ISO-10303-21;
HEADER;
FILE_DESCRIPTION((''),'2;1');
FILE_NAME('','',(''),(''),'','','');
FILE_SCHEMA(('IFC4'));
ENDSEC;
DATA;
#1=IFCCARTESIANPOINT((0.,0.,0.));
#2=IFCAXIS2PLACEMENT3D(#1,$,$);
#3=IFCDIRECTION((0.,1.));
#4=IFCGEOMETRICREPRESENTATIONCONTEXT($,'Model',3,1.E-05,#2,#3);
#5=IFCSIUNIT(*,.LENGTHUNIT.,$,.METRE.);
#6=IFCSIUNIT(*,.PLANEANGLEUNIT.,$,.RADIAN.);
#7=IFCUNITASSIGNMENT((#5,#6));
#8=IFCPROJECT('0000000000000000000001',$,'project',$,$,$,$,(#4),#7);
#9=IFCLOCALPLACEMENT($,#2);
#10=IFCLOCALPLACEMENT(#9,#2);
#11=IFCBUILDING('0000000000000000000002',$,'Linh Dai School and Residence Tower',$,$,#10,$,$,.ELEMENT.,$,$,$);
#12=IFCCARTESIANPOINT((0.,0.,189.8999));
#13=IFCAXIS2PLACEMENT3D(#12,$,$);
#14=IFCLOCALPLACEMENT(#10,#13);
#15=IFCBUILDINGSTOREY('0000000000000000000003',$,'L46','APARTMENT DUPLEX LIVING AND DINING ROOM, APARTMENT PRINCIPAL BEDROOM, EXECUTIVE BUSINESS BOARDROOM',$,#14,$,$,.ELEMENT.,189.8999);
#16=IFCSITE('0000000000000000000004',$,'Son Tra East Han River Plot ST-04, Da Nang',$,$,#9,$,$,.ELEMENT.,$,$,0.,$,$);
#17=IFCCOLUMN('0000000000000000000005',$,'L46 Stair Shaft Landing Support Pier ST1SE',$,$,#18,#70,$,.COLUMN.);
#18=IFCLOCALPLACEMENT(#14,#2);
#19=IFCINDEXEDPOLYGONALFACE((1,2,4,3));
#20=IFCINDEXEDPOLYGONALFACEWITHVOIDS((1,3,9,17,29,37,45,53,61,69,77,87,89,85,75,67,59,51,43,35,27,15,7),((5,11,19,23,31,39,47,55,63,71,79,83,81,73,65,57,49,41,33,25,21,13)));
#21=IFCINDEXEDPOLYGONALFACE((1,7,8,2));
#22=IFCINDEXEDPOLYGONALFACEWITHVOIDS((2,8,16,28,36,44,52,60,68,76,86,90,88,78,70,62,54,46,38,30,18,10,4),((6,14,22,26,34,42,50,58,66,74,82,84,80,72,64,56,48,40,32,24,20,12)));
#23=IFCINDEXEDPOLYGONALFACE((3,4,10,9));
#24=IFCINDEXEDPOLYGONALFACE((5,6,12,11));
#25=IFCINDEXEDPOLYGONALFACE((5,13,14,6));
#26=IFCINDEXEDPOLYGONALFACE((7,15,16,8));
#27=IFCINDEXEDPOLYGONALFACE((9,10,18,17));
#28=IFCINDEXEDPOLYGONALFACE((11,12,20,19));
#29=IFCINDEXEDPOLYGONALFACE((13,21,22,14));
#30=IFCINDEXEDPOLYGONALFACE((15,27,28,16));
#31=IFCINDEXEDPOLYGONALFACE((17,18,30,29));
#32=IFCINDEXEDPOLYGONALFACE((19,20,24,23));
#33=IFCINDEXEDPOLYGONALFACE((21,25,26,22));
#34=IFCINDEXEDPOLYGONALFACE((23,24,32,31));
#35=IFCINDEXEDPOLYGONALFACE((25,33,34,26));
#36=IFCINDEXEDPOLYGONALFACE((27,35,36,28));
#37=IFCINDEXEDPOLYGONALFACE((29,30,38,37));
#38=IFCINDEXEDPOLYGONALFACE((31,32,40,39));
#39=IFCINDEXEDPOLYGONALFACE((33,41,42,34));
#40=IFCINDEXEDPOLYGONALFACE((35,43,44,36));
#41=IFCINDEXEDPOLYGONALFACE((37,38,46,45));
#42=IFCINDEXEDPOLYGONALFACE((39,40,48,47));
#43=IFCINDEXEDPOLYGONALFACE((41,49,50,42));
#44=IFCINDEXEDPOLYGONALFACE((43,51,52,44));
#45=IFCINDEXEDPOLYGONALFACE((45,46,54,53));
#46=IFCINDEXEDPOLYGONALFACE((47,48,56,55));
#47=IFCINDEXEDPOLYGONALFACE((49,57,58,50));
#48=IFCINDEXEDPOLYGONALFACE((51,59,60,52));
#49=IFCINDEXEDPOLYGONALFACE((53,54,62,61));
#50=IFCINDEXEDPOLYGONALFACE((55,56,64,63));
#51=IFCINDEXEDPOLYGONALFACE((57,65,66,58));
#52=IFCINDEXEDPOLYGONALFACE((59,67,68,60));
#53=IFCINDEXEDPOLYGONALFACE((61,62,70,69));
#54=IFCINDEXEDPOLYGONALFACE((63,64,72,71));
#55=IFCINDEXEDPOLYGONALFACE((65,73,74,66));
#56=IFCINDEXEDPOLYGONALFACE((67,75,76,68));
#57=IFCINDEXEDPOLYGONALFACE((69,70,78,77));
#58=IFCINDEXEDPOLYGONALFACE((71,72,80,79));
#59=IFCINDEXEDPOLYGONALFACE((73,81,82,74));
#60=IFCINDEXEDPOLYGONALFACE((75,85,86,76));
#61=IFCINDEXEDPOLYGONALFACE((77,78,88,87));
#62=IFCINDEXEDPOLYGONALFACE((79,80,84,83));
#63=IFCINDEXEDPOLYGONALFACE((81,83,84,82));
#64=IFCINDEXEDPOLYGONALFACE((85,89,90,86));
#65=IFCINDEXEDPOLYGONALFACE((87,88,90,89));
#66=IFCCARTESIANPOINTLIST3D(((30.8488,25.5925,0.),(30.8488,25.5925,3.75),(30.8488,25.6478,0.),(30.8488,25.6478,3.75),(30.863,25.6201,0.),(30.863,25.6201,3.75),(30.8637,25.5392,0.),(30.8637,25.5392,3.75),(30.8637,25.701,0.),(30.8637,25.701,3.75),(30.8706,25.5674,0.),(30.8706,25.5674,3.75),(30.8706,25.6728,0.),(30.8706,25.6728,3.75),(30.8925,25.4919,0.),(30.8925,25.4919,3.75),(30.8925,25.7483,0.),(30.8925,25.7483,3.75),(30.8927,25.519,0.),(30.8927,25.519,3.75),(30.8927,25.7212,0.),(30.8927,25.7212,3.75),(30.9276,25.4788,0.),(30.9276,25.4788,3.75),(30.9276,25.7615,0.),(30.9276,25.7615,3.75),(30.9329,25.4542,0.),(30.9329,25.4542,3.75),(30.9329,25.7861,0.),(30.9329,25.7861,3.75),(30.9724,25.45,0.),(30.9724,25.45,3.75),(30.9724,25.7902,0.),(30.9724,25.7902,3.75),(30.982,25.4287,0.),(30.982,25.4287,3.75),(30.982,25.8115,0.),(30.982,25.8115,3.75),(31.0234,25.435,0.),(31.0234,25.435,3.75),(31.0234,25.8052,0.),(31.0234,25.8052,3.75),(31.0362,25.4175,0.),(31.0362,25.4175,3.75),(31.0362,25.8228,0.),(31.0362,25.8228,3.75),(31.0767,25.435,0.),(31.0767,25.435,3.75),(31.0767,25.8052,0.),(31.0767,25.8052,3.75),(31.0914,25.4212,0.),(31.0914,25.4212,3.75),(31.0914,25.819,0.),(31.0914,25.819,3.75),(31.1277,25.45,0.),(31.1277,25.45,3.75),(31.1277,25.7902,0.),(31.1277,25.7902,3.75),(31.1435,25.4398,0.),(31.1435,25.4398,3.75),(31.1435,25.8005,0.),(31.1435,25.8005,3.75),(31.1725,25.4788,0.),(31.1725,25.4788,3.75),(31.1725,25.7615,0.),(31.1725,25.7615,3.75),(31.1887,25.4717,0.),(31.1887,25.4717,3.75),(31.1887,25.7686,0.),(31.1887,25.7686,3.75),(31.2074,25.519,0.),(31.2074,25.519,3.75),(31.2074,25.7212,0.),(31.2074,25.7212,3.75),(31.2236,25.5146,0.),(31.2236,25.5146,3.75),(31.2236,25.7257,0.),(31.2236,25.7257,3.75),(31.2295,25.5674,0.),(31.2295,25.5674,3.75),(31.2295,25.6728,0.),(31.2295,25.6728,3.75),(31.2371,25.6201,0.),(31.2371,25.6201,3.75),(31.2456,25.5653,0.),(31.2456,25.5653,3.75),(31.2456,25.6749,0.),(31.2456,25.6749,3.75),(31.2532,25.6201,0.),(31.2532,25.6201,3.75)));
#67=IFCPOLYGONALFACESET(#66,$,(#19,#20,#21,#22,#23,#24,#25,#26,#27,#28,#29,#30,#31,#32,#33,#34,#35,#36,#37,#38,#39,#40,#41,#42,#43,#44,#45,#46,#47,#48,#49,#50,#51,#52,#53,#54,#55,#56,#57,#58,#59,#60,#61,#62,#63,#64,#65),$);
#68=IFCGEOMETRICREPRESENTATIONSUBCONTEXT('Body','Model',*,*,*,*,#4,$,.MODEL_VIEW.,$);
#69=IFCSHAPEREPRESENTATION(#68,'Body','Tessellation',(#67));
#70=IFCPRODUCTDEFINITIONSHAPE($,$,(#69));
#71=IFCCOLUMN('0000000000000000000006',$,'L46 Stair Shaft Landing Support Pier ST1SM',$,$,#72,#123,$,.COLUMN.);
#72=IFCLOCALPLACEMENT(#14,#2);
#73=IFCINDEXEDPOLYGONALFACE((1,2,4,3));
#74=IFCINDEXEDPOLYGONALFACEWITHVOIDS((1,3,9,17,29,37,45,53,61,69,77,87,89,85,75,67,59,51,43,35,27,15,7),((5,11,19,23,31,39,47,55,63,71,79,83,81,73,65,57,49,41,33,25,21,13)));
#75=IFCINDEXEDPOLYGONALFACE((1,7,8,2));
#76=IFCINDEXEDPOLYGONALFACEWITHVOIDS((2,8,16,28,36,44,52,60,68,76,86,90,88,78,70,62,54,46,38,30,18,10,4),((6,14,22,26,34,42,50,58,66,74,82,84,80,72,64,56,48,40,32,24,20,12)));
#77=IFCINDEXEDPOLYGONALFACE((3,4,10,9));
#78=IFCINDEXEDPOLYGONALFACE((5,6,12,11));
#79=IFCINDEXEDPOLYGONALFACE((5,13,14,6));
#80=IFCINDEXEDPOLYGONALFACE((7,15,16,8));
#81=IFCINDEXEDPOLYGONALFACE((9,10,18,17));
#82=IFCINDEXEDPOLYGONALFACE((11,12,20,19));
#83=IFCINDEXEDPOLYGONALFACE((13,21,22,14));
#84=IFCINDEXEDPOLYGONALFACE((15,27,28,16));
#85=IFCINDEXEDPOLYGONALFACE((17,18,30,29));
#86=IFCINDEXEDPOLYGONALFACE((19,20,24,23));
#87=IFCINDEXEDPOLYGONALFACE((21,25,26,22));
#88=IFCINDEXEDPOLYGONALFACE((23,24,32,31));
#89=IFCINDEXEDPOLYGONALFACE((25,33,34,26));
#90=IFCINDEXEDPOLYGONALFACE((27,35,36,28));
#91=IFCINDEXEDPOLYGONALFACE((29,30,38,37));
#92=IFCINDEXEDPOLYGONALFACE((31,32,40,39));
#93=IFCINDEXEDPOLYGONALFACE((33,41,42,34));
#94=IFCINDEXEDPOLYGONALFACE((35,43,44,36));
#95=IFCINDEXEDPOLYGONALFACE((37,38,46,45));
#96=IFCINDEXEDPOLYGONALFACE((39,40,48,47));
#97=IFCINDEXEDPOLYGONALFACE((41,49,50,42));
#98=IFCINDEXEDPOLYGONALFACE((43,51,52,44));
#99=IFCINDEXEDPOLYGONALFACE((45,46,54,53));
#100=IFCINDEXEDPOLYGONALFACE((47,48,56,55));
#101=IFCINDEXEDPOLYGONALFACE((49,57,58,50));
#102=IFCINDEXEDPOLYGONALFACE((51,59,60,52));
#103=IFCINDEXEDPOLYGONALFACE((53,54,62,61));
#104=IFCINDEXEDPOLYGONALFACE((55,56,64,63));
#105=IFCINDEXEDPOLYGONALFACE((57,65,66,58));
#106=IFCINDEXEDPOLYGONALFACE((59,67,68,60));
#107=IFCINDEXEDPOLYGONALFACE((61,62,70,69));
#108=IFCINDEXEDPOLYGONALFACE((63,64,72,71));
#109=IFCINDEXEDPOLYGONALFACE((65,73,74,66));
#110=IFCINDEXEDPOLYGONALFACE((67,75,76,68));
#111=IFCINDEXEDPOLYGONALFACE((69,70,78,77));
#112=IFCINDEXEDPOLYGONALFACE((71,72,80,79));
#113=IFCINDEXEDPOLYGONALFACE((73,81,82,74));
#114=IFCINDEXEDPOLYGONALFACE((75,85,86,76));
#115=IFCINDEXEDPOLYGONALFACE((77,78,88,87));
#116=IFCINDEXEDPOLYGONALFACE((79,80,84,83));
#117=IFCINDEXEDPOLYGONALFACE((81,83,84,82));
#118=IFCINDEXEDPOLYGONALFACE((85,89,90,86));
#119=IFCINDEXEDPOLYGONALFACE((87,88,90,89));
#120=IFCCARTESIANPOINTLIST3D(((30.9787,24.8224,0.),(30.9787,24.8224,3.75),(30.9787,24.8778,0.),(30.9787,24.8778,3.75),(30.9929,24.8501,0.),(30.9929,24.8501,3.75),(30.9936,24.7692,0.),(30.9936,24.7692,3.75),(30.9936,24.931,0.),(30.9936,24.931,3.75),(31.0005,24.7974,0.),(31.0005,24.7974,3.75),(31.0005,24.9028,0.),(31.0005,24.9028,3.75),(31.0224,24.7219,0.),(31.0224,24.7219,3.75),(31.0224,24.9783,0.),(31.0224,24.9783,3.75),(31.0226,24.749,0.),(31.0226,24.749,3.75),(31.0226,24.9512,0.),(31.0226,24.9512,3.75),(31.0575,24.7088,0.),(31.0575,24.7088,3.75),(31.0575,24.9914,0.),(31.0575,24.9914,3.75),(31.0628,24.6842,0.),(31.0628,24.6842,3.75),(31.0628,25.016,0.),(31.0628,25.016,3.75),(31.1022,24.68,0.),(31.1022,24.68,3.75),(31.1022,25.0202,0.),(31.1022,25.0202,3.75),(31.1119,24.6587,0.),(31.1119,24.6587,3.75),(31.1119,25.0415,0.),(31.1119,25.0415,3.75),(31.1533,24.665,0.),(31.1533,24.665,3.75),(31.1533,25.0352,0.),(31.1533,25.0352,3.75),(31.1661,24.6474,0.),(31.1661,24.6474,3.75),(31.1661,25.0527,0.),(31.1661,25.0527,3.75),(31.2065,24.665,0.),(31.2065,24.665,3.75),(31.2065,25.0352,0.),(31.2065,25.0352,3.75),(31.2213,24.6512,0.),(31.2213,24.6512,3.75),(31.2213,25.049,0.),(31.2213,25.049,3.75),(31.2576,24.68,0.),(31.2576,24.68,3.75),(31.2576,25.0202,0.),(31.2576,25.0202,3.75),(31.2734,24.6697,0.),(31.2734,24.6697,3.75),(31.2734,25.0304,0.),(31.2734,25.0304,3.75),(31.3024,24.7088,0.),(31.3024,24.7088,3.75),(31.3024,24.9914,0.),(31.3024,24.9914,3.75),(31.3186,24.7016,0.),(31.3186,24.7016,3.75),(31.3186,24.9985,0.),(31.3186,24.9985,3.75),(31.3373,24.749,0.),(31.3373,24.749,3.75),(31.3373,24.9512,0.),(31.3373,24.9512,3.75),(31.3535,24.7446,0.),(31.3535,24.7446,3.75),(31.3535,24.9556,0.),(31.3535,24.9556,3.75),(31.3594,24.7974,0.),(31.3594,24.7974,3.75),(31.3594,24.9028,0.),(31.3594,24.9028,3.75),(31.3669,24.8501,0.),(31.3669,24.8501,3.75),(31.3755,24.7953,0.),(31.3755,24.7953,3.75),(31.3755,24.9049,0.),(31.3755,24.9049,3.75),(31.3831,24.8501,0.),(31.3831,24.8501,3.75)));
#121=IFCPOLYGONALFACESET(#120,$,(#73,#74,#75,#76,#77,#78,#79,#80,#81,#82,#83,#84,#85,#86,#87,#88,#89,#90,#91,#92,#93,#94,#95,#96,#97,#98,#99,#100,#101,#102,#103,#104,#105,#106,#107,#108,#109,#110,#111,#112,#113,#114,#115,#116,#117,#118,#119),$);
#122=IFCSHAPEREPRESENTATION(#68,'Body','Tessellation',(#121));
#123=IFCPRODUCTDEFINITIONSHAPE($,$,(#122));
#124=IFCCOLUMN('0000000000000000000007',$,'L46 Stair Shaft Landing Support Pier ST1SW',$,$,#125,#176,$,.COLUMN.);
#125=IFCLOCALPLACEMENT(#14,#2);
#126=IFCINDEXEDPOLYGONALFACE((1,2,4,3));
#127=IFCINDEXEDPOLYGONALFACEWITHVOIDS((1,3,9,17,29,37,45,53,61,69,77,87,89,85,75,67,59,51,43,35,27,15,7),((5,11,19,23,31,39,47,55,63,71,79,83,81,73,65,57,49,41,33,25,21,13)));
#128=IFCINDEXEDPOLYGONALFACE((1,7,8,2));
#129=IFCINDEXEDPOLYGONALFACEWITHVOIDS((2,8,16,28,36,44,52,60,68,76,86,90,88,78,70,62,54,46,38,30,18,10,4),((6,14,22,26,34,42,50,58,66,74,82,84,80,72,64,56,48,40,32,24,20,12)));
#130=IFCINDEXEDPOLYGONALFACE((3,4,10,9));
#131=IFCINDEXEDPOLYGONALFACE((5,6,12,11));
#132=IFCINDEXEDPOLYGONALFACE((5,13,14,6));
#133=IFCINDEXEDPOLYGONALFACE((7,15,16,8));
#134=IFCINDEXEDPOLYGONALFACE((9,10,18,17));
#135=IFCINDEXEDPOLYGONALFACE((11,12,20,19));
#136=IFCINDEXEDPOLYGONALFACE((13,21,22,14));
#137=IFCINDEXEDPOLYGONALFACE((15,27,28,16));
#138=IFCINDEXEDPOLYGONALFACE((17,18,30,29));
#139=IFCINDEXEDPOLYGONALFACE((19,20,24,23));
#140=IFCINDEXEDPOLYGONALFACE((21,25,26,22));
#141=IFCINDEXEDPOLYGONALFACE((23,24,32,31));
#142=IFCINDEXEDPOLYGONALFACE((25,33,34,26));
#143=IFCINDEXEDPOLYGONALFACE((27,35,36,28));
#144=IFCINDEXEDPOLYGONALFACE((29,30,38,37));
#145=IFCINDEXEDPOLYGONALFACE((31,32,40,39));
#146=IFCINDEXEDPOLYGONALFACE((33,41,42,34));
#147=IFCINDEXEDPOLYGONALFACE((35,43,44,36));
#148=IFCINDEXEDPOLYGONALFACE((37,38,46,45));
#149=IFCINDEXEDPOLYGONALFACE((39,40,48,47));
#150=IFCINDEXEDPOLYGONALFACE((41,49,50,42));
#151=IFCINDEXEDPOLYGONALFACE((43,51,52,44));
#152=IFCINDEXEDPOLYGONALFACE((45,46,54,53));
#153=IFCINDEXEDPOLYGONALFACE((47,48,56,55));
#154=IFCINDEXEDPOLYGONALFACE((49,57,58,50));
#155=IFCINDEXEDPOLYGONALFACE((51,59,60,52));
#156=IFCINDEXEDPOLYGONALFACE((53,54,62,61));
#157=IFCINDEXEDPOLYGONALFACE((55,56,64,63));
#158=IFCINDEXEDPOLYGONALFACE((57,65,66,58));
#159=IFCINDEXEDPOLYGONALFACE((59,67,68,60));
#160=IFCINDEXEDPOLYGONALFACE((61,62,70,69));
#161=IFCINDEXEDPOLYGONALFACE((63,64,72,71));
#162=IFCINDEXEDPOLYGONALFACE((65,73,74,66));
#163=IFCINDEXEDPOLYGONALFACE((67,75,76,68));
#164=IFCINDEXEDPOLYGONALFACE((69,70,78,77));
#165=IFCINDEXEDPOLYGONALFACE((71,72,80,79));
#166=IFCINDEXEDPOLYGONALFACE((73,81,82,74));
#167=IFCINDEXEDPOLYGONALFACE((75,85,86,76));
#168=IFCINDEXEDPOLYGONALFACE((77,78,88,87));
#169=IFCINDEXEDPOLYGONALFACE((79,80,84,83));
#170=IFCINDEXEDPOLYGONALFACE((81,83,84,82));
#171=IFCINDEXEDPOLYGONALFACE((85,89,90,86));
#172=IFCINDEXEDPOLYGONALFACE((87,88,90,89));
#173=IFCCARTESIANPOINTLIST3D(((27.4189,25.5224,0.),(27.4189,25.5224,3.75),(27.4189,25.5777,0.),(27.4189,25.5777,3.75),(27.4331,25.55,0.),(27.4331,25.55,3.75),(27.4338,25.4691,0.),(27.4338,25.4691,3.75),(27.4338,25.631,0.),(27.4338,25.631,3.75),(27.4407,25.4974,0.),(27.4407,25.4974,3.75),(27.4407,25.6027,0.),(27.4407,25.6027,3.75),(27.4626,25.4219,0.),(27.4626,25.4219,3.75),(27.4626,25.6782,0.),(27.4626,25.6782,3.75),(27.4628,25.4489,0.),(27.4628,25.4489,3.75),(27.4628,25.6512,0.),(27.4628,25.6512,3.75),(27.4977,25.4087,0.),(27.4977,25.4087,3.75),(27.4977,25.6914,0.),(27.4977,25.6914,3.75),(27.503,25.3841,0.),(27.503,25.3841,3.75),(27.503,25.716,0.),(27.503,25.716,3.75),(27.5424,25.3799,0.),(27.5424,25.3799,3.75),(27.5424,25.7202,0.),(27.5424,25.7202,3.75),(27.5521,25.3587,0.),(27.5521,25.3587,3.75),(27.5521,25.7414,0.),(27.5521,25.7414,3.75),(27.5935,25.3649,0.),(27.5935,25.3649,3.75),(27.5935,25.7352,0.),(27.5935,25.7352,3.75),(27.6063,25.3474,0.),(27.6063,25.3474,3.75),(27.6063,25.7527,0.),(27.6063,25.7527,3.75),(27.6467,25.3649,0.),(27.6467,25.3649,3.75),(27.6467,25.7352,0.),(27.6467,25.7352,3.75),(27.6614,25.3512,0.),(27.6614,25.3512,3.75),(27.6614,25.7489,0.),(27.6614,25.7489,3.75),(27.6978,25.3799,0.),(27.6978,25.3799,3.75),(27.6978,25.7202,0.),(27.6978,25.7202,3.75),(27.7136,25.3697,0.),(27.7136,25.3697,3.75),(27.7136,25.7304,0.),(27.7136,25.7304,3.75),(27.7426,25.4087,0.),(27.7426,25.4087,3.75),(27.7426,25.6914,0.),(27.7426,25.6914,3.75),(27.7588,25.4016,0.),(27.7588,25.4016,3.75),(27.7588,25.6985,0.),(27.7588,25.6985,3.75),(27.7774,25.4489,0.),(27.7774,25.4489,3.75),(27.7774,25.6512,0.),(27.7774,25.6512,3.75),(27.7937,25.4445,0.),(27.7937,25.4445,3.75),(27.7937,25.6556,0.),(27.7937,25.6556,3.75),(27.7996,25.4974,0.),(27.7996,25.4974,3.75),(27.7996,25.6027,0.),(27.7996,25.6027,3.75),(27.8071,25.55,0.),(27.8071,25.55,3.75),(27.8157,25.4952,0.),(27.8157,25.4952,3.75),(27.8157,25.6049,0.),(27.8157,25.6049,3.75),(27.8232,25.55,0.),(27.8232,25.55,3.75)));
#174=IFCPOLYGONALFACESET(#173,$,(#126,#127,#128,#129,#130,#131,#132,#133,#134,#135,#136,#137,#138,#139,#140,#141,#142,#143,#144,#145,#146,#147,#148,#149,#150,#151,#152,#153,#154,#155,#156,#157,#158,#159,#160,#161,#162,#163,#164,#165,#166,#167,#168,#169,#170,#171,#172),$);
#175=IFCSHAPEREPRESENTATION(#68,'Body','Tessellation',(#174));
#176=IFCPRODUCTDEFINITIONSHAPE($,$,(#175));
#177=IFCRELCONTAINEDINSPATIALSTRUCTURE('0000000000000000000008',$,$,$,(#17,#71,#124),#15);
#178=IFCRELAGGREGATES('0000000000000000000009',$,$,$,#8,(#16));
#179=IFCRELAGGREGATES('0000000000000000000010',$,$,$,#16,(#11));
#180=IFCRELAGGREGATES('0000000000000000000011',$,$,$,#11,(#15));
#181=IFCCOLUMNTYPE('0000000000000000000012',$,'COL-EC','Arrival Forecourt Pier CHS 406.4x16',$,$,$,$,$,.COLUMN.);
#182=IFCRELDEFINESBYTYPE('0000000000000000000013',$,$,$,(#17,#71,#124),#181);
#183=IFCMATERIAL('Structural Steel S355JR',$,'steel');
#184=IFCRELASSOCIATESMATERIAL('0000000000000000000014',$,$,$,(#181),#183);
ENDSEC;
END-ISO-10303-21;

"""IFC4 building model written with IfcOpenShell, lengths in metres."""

from ifc_helpers import new_model, si_unit, direction, frame, origin, origin_2d, place, context, subcontext, project, spatial, hollow_circle, extrude, material, material_profile, profile_set, type_object, element, save


model = new_model("IFC4")

# Units and contexts
model_context = context("Model", 3, precision=1e-05, world=origin(), true_north=direction((0.0, 1.0)))
body_context = subcontext(model_context, "Body", "Model", "MODEL_VIEW")
ifc_project = project(units=[si_unit("LENGTHUNIT", "METRE"), si_unit("PLANEANGLEUNIT", "RADIAN")], contexts=[model_context])

# Site, building, storey
site_placement = place(None, origin())
site = spatial("IfcSite", under=ifc_project, at=site_placement, Name="Son Tra East Han River Plot ST-04, Da Nang", CompositionType="ELEMENT", RefElevation=0.0)
building_placement = place(site_placement, origin())
building = spatial("IfcBuilding", under=site, at=building_placement, Name="Linh Dai School and Residence Tower", CompositionType="ELEMENT")
storey_placement = place(building_placement, frame((0.0, 0.0, 189.8999)))
storey = spatial("IfcBuildingStorey", under=building, at=storey_placement, Name="L46", Description="APARTMENT DUPLEX LIVING AND DINING ROOM, APARTMENT PRINCIPAL BEDROOM, EXECUTIVE BUSINESS BOARDROOM", CompositionType="ELEMENT", Elevation=189.8999)

# Columns
ifc_material_1 = material(Name="Structural Steel S355JR", Category="steel")
ifc_material_profile_1 = material_profile(ifc_material_1, hollow_circle(Radius=0.2031, WallThickness=0.0161, at=origin_2d()), Name="CHS 406.4x16")
ifc_profile_set_1 = profile_set([ifc_material_profile_1], Name="Structural Steel S355JR")
column_type_1 = type_object("IfcColumnType", Name="COL-EC", Description="Arrival Forecourt Pier CHS 406.4x16", PredefinedType="COLUMN", material=ifc_profile_set_1)
for number, where, z_axis, x_axis, name in (
    (1, (31.05, 25.6201, 0.0), (0.0, 0.0, 1.0), (1.0, 0.0, 0.0), "L46 Stair Shaft Landing Support Pier ST1SE"),
    (2, (31.1799, 24.8501, 0.0), (0.0, 0.0, 1.0), (1.0, 0.0, 0.0), "L46 Stair Shaft Landing Support Pier ST1SM"),
    (3, (27.6201, 25.55, 0.0), (0.0, 0.0, 1.0), (1.0, 0.0, 0.0), "L46 Stair Shaft Landing Support Pier ST1SW"),
):
    element("IfcColumn", number, at=place(storey_placement, frame(where, z_axis=z_axis, x_axis=x_axis)), inside=storey, type_object=column_type_1, Name=name, PredefinedType="COLUMN", context=body_context, shape_type="SweptSolid", body=[
        extrude(hollow_circle(Radius=0.2031, WallThickness=0.0161, at=origin_2d()), origin(), (0.0, 0.0, 1.0), 3.75),
    ])

save(model, "model.ifc")
